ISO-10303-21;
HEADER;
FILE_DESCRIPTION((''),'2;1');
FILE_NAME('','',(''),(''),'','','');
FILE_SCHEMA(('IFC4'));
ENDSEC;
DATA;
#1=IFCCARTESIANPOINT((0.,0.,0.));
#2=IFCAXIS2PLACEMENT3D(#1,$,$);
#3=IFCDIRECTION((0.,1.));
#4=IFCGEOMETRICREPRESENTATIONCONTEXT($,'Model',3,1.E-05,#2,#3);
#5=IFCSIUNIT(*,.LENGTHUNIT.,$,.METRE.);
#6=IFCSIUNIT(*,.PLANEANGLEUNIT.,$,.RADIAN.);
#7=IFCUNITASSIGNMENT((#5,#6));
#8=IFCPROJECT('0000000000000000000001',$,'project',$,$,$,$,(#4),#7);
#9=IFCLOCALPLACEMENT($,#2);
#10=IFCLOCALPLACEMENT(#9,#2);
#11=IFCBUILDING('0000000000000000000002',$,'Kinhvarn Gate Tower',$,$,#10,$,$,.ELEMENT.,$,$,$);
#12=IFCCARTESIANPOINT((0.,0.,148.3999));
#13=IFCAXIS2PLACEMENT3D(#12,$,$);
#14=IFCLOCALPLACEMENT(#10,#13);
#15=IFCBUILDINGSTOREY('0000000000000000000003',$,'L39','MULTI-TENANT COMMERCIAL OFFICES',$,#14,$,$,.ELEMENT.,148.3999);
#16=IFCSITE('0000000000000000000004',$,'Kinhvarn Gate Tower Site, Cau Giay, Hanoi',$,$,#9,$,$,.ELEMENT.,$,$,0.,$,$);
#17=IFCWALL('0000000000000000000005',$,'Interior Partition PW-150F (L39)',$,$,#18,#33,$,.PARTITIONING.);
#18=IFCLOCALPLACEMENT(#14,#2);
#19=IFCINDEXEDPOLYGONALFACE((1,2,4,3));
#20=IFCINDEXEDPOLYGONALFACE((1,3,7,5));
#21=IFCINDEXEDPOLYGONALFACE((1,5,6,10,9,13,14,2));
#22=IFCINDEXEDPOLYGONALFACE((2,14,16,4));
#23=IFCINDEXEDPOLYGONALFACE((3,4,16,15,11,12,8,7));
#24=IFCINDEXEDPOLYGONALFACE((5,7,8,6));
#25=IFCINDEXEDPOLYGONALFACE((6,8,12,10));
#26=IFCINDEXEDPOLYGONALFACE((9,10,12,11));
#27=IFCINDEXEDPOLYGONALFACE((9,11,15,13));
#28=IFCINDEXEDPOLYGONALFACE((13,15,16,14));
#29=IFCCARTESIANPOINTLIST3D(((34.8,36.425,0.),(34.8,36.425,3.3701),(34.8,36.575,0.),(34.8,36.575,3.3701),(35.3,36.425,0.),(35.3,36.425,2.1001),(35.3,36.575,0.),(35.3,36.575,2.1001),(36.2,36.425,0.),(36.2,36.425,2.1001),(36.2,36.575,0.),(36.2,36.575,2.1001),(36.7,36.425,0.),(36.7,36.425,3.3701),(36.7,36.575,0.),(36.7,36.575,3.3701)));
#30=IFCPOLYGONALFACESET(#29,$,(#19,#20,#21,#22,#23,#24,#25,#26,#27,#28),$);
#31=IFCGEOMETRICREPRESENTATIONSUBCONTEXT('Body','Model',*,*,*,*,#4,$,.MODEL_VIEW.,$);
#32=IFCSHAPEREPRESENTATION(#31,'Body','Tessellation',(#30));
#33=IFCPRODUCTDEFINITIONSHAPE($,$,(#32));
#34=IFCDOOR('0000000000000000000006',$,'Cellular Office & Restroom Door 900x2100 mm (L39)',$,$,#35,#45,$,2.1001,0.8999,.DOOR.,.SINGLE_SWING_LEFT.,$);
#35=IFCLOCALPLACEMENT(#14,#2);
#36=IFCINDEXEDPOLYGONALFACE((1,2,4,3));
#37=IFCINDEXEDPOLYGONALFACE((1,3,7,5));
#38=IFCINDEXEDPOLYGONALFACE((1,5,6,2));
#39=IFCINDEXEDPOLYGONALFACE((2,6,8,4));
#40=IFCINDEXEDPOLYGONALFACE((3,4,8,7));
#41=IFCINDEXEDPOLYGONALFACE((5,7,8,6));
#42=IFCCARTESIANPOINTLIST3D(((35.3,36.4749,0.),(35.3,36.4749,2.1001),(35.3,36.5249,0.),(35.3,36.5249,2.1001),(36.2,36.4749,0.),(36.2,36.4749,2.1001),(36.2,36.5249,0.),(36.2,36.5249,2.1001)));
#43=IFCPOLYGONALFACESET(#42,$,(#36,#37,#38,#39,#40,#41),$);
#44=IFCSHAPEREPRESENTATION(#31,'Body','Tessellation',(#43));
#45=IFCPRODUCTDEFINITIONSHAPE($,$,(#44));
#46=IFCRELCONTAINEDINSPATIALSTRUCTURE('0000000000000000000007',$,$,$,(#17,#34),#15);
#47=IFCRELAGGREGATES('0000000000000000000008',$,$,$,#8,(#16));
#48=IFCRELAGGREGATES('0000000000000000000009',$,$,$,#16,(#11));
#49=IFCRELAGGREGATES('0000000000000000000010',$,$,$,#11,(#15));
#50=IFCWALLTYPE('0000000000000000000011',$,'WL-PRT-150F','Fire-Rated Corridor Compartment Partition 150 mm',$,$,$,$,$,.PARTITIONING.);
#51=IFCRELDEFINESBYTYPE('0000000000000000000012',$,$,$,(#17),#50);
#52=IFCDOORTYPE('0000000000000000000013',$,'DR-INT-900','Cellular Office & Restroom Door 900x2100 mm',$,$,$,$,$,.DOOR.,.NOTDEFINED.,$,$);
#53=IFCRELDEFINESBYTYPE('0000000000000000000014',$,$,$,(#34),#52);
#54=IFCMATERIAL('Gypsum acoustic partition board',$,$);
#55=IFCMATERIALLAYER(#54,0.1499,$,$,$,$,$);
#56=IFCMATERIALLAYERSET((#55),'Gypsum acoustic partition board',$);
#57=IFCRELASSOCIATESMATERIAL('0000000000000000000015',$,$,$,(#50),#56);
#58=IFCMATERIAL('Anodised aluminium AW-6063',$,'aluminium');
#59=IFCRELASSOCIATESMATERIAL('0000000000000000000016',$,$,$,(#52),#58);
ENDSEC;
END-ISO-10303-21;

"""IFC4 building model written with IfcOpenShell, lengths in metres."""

from ifc_helpers import new_model, si_unit, direction, frame, frame_2d, origin, place, context, subcontext, project, spatial, rectangle, extrude, material, layer, layer_set, type_object, element, fill, save


model = new_model("IFC4")

# Units and contexts
model_context = context("Model", 3, precision=1e-05, world=origin(), true_north=direction((0.0, 1.0)))
body_context = subcontext(model_context, "Body", "Model", "MODEL_VIEW")
ifc_project = project(units=[si_unit("LENGTHUNIT", "METRE"), si_unit("PLANEANGLEUNIT", "RADIAN")], contexts=[model_context])

# Site, building, storey
site_placement = place(None, origin())
site = spatial("IfcSite", under=ifc_project, at=site_placement, Name="Kinhvarn Gate Tower Site, Cau Giay, Hanoi", CompositionType="ELEMENT", RefElevation=0.0)
building_placement = place(site_placement, origin())
building = spatial("IfcBuilding", under=site, at=building_placement, Name="Kinhvarn Gate Tower", CompositionType="ELEMENT")
storey_placement = place(building_placement, frame((0.0, 0.0, 148.3999)))
storey = spatial("IfcBuildingStorey", under=building, at=storey_placement, Name="L39", Description="MULTI-TENANT COMMERCIAL OFFICES", CompositionType="ELEMENT", Elevation=148.3999)

# Shared definitions
ifc_material_1 = material(Name="Anodised aluminium AW-6063", Category="aluminium")

# Shared definitions
ifc_material_2 = material(Name="Gypsum acoustic partition board")

# Wall, opening, door
ifc_layer_1 = layer(ifc_material_2, 0.1499)
ifc_layer_set_1 = layer_set([ifc_layer_1], Name="Gypsum acoustic partition board")
wall_type_1 = type_object("IfcWallType", Name="WL-PRT-150F", Description="Fire-Rated Corridor Compartment Partition 150 mm", PredefinedType="PARTITIONING", material=ifc_layer_set_1)
wall_1_placement = place(storey_placement, frame((34.8, 36.5, 0.0), z_axis=(0.0, 0.0, 1.0), x_axis=(1.0, 0.0, 0.0)))
wall_1 = element("IfcWall", 1, at=wall_1_placement, inside=storey, type_object=wall_type_1, Name="Interior Partition PW-150F (L39)", PredefinedType="PARTITIONING", context=body_context, shape_type="SweptSolid", body=[
    extrude(rectangle(XDim=1.8999, YDim=0.1499, at=frame_2d((0.95, 0.0))), origin(), (0.0, 0.0, 1.0), 3.3701),
])
opening_placement = place(wall_1_placement, frame((0.5, 0.0, 0.0)))
opening = element("IfcOpeningElement", 2, at=opening_placement, cuts=wall_1, PredefinedType="OPENING", context=body_context, shape_type="SweptSolid", body=[
    extrude(rectangle(XDim=0.8999, YDim=2.1001, at=frame_2d((0.45, 1.05))), frame((0.0, 0.085, 0.0), z_axis=(0.0, -1.0, 0.0), x_axis=(1.0, 0.0, 0.0)), (0.0, 0.0, 1.0), 0.1699),
])
door_type = type_object("IfcDoorType", Name="DR-INT-900", Description="Cellular Office & Restroom Door 900x2100 mm", OperationType="NOTDEFINED", PredefinedType="DOOR", material=ifc_material_1)
door_placement = place(opening_placement, origin())
door = element("IfcDoor", 3, at=door_placement, inside=storey, type_object=door_type, Name="Cellular Office & Restroom Door 900x2100 mm (L39)", OperationType="SINGLE_SWING_LEFT", OverallHeight=2.1001, OverallWidth=0.8999, PredefinedType="DOOR", context=body_context, shape_type="SweptSolid", body=[
    extrude(rectangle(XDim=0.8999, YDim=2.1001, at=frame_2d((0.45, 1.05))), frame((0.0, 0.0249, 0.0), z_axis=(0.0, -1.0, 0.0), x_axis=(1.0, 0.0, 0.0)), (0.0, 0.0, 1.0), 0.05),
])
fill(opening, door)

save(model, "model.ifc")
